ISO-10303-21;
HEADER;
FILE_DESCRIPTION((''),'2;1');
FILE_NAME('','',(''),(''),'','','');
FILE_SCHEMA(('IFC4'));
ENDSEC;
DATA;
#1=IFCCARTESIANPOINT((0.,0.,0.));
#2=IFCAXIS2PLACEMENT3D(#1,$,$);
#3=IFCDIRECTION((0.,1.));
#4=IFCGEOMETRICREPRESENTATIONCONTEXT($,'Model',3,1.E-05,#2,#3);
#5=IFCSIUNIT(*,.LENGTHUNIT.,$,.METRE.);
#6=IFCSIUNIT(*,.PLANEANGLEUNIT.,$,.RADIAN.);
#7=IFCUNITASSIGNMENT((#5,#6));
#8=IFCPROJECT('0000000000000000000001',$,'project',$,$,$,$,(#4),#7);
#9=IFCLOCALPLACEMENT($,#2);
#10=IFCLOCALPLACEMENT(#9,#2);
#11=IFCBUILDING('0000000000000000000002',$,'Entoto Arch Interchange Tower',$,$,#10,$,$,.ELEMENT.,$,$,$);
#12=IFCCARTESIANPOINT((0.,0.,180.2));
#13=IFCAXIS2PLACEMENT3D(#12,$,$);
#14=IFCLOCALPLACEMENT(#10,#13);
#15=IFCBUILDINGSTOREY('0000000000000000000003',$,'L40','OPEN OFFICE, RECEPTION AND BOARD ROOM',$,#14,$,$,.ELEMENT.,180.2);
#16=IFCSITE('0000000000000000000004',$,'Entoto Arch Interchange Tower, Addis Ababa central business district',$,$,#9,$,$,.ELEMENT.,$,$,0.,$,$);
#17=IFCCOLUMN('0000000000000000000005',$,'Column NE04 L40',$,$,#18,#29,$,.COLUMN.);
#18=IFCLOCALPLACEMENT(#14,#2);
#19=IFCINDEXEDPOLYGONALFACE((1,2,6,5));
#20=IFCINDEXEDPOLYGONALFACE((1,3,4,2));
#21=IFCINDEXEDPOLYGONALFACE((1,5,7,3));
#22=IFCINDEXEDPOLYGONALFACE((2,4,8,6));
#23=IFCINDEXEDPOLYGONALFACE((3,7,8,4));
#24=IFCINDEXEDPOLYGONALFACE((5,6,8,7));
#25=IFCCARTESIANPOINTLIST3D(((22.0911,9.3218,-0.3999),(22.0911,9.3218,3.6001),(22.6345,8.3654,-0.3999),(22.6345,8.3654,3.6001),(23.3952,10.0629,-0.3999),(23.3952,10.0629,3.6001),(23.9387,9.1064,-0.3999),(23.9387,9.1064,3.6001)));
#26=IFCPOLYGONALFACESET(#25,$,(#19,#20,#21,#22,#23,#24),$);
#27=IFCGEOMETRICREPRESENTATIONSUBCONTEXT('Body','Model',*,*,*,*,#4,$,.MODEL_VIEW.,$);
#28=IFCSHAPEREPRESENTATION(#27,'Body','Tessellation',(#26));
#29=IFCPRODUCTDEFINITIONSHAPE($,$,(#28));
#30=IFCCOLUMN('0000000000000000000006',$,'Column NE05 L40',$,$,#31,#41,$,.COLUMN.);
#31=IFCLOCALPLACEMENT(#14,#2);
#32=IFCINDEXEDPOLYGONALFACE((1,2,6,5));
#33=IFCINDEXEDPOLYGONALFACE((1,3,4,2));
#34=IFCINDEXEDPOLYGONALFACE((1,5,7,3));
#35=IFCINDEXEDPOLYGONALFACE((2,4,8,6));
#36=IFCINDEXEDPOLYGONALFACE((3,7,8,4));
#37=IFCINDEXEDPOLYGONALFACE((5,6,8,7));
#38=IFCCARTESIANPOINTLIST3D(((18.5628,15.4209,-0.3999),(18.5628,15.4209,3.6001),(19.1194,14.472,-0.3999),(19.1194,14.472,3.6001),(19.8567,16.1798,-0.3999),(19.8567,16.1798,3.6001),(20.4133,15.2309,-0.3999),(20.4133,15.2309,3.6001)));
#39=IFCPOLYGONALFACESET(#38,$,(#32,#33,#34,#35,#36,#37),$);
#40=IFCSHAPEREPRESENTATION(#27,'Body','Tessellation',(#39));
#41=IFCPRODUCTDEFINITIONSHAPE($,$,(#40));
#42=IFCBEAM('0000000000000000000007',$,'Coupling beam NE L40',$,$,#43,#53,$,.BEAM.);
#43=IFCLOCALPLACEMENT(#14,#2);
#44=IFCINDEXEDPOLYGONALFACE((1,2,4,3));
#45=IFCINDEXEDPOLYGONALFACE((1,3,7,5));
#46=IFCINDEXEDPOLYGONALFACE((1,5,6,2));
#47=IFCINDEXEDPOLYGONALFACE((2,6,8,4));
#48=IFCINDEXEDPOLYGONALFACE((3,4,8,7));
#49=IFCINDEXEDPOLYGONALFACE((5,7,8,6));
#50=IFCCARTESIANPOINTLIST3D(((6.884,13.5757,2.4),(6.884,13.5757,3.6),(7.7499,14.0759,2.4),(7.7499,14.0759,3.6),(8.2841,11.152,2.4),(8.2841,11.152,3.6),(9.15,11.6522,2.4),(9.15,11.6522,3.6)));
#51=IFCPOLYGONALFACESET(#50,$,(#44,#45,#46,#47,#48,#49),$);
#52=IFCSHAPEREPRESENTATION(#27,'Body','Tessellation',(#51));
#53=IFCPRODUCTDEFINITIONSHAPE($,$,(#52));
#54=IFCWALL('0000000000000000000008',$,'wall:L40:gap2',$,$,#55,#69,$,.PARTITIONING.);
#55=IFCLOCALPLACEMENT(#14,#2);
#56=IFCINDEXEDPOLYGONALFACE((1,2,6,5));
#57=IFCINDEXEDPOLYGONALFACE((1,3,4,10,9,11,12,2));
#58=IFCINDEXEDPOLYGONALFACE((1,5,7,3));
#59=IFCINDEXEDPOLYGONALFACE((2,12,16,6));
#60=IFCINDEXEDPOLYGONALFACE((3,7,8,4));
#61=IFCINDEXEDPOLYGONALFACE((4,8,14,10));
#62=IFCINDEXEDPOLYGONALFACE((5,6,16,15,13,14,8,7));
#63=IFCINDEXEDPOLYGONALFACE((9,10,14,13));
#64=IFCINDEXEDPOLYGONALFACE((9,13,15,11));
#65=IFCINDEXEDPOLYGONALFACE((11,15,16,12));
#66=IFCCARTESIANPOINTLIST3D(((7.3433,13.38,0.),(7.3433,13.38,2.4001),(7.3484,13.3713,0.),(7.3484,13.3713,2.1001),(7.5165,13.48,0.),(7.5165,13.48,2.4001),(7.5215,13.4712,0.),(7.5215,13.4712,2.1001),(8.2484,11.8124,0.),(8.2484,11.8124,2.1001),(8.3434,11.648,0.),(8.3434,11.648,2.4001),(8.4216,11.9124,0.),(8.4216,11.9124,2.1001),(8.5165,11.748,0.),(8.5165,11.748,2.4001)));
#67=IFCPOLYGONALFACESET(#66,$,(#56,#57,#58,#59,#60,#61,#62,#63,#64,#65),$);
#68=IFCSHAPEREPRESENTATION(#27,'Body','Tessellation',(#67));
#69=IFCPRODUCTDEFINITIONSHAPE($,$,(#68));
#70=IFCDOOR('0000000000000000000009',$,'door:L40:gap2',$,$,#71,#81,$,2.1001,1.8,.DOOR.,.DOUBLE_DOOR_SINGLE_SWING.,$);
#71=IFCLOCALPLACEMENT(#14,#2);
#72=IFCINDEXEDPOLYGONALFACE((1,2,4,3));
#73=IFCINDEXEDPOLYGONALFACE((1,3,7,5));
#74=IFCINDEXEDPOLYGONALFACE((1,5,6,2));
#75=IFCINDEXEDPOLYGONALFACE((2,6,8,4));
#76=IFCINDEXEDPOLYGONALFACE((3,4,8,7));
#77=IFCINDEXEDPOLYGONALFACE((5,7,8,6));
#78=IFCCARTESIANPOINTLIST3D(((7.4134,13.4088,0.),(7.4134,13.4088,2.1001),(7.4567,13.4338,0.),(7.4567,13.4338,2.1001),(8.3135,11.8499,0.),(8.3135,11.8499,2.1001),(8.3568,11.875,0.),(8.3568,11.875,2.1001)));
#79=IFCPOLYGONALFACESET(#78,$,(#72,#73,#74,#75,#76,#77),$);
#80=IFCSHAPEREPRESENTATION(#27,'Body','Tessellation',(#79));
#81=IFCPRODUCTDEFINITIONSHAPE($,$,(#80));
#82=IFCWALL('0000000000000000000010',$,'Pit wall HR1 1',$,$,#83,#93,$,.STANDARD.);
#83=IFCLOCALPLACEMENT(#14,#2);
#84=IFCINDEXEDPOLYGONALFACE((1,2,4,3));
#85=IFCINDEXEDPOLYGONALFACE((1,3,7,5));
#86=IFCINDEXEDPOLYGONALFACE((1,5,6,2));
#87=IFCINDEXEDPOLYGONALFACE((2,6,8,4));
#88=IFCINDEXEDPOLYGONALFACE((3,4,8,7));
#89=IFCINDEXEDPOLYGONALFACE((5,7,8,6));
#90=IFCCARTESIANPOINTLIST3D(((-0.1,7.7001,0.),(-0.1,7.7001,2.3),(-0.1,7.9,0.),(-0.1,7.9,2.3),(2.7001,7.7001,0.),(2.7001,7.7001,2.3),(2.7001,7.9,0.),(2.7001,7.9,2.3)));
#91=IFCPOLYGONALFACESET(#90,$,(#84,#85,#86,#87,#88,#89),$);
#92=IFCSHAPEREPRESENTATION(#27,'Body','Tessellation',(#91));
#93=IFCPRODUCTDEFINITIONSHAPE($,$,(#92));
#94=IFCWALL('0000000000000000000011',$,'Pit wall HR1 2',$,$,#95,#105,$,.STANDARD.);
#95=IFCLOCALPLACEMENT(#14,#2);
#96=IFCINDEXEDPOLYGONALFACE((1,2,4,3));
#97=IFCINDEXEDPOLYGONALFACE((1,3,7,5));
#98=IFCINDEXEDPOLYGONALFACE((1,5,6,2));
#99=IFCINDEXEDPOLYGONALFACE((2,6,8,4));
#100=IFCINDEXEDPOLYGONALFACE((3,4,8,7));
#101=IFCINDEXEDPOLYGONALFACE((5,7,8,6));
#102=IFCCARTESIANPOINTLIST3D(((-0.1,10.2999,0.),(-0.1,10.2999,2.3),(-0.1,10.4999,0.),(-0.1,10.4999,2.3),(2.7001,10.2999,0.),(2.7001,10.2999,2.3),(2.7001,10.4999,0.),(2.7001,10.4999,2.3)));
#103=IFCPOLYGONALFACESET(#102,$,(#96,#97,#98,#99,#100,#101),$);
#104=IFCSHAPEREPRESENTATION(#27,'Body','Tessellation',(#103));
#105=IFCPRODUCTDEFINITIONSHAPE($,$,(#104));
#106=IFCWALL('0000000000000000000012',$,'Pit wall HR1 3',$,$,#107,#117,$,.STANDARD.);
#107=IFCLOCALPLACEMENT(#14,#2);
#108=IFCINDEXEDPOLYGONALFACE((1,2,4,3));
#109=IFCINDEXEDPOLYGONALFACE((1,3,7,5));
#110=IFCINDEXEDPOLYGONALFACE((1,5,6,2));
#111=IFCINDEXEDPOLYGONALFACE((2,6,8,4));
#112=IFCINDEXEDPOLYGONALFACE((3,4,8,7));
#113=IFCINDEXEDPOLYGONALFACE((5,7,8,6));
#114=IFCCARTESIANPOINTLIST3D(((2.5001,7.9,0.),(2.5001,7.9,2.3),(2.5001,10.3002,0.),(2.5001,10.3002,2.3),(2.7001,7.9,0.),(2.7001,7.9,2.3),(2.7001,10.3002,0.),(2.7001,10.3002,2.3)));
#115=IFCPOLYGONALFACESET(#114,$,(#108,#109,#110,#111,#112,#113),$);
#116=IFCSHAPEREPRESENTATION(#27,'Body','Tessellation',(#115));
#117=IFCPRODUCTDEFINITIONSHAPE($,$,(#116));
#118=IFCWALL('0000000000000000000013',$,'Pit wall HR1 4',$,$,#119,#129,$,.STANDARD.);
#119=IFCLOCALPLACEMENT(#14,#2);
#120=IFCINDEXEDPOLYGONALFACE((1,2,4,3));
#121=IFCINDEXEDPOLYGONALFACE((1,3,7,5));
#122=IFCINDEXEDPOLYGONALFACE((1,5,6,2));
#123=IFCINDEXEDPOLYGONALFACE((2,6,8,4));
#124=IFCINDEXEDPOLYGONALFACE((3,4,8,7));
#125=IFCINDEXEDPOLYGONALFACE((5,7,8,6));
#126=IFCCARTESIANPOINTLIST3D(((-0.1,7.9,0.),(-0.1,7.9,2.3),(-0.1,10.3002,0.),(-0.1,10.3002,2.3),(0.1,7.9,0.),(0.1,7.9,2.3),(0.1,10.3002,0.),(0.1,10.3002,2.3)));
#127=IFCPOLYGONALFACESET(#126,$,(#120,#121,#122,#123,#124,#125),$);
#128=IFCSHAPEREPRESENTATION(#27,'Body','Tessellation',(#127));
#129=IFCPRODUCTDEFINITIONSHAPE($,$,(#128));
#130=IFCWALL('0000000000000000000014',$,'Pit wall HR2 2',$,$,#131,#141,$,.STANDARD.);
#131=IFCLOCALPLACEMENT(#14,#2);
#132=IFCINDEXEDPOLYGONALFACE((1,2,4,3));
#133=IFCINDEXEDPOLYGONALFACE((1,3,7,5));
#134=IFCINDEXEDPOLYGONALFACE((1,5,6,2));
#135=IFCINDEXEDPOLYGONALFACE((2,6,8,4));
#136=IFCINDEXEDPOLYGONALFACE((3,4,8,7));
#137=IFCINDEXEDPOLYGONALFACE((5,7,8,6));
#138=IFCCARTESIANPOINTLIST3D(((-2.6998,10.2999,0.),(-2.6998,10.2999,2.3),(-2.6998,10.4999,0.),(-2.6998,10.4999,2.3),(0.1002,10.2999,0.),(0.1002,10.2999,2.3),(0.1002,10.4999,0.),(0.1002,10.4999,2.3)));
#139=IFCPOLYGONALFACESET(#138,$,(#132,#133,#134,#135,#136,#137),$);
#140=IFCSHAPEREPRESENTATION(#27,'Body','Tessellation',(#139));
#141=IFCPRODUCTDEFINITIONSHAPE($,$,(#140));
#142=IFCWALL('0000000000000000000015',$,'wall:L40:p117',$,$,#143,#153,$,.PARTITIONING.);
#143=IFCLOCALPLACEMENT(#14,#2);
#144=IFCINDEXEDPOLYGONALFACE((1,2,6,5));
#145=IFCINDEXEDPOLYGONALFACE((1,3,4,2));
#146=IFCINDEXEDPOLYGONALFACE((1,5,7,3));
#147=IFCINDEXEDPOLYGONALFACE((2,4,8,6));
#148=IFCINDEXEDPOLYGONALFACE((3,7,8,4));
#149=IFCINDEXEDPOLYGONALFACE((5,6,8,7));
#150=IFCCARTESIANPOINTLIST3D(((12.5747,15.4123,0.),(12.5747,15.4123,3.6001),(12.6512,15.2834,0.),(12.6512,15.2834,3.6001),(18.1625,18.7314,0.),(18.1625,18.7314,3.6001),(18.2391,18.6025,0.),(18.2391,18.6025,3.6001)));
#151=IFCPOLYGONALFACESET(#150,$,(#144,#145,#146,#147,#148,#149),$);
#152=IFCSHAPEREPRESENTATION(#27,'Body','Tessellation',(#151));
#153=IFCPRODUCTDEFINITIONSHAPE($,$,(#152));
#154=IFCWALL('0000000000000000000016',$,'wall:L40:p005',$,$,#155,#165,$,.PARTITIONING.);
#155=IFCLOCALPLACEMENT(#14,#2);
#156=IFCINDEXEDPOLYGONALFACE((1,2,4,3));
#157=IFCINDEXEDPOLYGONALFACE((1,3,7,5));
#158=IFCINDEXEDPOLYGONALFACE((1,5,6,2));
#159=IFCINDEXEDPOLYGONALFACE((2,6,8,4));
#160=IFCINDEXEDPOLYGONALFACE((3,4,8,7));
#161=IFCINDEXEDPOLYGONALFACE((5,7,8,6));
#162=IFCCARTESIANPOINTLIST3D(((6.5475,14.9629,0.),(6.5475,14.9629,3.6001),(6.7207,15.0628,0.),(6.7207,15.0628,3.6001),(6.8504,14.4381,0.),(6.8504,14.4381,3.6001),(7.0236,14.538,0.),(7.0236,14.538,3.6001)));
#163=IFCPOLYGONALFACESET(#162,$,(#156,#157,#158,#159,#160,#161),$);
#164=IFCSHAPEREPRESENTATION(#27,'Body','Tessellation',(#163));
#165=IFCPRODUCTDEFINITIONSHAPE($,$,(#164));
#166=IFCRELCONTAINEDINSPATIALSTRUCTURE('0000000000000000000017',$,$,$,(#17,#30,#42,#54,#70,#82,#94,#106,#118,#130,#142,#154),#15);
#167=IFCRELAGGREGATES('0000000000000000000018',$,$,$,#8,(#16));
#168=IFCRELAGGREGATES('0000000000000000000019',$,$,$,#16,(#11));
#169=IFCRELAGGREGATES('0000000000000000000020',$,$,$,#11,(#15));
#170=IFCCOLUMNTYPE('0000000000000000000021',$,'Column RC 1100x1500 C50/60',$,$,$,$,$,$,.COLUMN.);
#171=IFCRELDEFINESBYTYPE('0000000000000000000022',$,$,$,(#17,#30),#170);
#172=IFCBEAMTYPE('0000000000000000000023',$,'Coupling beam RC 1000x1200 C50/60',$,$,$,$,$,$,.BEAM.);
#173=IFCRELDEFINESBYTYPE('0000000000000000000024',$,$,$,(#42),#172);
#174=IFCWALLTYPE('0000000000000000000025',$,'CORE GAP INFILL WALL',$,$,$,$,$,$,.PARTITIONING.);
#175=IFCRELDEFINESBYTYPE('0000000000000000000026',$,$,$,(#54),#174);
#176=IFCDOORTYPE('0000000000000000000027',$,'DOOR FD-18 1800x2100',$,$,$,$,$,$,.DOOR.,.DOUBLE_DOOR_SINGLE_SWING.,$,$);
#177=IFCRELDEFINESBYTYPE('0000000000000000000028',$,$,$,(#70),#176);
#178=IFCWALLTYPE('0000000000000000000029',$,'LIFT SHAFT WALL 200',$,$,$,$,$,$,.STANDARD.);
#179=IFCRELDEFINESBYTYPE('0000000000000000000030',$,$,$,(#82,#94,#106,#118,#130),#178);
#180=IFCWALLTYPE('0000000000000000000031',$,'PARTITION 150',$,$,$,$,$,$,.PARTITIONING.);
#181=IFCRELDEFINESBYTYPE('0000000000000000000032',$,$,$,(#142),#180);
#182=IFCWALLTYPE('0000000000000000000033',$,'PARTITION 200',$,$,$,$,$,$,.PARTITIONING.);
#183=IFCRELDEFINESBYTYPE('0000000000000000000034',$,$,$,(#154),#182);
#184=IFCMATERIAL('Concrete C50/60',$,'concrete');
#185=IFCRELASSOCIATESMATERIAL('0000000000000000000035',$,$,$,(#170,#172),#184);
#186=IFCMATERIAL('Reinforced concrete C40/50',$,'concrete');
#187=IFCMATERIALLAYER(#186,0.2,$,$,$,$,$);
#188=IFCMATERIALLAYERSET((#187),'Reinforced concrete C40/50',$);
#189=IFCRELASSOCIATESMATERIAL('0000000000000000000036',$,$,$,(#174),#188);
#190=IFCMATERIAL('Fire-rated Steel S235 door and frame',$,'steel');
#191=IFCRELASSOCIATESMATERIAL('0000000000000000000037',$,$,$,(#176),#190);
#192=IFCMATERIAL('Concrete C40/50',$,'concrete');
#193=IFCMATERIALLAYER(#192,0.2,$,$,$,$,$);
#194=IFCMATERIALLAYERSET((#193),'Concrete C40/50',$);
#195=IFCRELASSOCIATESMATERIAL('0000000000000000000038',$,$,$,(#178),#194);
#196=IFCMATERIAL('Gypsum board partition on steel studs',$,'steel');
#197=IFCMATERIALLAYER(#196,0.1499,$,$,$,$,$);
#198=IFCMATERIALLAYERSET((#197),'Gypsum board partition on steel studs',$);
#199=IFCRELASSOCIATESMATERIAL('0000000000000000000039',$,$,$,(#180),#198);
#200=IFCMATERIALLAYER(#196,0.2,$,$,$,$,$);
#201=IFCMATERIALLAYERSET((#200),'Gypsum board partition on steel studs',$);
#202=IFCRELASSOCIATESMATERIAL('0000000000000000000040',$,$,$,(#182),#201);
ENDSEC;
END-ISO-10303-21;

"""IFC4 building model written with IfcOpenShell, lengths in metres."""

from ifc_helpers import new_model, si_unit, direction, frame, frame_2d, origin, origin_2d, place, context, subcontext, project, spatial, rectangle, extrude, material, layer, layer_set, material_profile, profile_set, type_object, element, fill, save


model = new_model("IFC4")

# Units and contexts
model_context = context("Model", 3, precision=1e-05, world=origin(), true_north=direction((0.0, 1.0)))
body_context = subcontext(model_context, "Body", "Model", "MODEL_VIEW")
ifc_project = project(units=[si_unit("LENGTHUNIT", "METRE"), si_unit("PLANEANGLEUNIT", "RADIAN")], contexts=[model_context])

# Site, building, storey
site_placement = place(None, origin())
site = spatial("IfcSite", under=ifc_project, at=site_placement, Name="Entoto Arch Interchange Tower, Addis Ababa central business district", CompositionType="ELEMENT", RefElevation=0.0)
building_placement = place(site_placement, origin())
building = spatial("IfcBuilding", under=site, at=building_placement, Name="Entoto Arch Interchange Tower", CompositionType="ELEMENT")
storey_placement = place(building_placement, frame((0.0, 0.0, 180.2)))
storey = spatial("IfcBuildingStorey", under=building, at=storey_placement, Name="L40", Description="OPEN OFFICE, RECEPTION AND BOARD ROOM", CompositionType="ELEMENT", Elevation=180.2)

# Columns
ifc_material_1 = material(Name="Concrete C50/60", Category="concrete")
ifc_material_profile_1 = material_profile(ifc_material_1, rectangle(XDim=1.1001, YDim=1.5, at=origin_2d()))
ifc_profile_set_1 = profile_set([ifc_material_profile_1], Name="Concrete C50/60")
column_type = type_object("IfcColumnType", Name="Column RC 1100x1500 C50/60", PredefinedType="COLUMN", material=ifc_profile_set_1)
for number, where, z_axis, x_axis, name in (
    (1, (23.0149, 9.2141, -0.3999), (0.0, 0.0, 1.0), (-0.494018, 0.869452, 0.0), "Column NE04 L40"),
    (2, (19.488, 15.3259, -0.3999), (0.0, 0.0, 1.0), (-0.505958, 0.862558, 0.0), "Column NE05 L40"),
):
    element("IfcColumn", number, at=place(storey_placement, frame(where, z_axis=z_axis, x_axis=x_axis)), inside=storey, type_object=column_type, Name=name, PredefinedType="COLUMN", context=body_context, shape_type="SweptSolid", body=[
        extrude(rectangle(XDim=1.1001, YDim=1.5, at=origin_2d()), origin(), (0.0, 0.0, 1.0), 4.0),
    ])

# Beam
ifc_material_profile_2 = material_profile(ifc_material_1, rectangle(XDim=1.0, YDim=1.2, at=origin_2d()))
ifc_profile_set_2 = profile_set([ifc_material_profile_2], Name="Concrete C50/60")
beam_type = type_object("IfcBeamType", Name="Coupling beam RC 1000x1200 C50/60", PredefinedType="BEAM", material=ifc_profile_set_2)
beam_placement = place(storey_placement, frame((8.717, 11.4021, 3.0), z_axis=(-0.500201, 0.86591, 0.0), x_axis=(-0.86591, -0.500201, 0.0)))
element("IfcBeam", 3, at=beam_placement, inside=storey, type_object=beam_type, Name="Coupling beam NE L40", PredefinedType="BEAM", context=body_context, shape_type="SweptSolid", body=[
    extrude(rectangle(XDim=1.0, YDim=1.2, at=origin_2d()), origin(), (0.0, 0.0, 1.0), 2.7991),
])

# Wall, opening, door
ifc_material_2 = material(Name="Reinforced concrete C40/50", Category="concrete")
ifc_layer_1 = layer(ifc_material_2, 0.2)
ifc_layer_set_1 = layer_set([ifc_layer_1], Name="Reinforced concrete C40/50")
wall_type_1 = type_object("IfcWallType", Name="CORE GAP INFILL WALL", PredefinedType="PARTITIONING", material=ifc_layer_set_1)
wall_1_placement = place(storey_placement, frame((8.4299, 11.698, 0.0), z_axis=(0.0, 0.0, 1.0), x_axis=(-0.500025, 0.866011, 0.0)))
wall_1 = element("IfcWall", 4, at=wall_1_placement, inside=storey, type_object=wall_type_1, Name="wall:L40:gap2", PredefinedType="PARTITIONING", context=body_context, shape_type="SweptSolid", body=[
    extrude(rectangle(XDim=2.0, YDim=0.2, at=frame_2d((1.0, 0.0))), origin(), (0.0, 0.0, 1.0), 2.4001),
])
opening_1_placement = place(wall_1_placement, frame((0.1899, 0.0, 0.0)))
opening_1 = element("IfcOpeningElement", 5, at=opening_1_placement, cuts=wall_1, PredefinedType="OPENING", context=body_context, shape_type="SweptSolid", body=[
    extrude(rectangle(XDim=1.8, YDim=2.1001, at=frame_2d((0.8999, 1.05))), frame((0.0, 0.1099, 0.0), z_axis=(0.0, -1.0, 0.0), x_axis=(1.0, 0.0, 0.0)), (0.0, 0.0, 1.0), 0.22),
])
ifc_material_3 = material(Name="Fire-rated Steel S235 door and frame", Category="steel")
door_type_1 = type_object("IfcDoorType", Name="DOOR FD-18 1800x2100", OperationType="DOUBLE_DOOR_SINGLE_SWING", PredefinedType="DOOR", material=ifc_material_3)
door_1_placement = place(opening_1_placement, origin())
door_1 = element("IfcDoor", 6, at=door_1_placement, inside=storey, type_object=door_type_1, Name="door:L40:gap2", OperationType="DOUBLE_DOOR_SINGLE_SWING", OverallHeight=2.1001, OverallWidth=1.8, PredefinedType="DOOR", context=body_context, shape_type="SweptSolid", body=[
    extrude(rectangle(XDim=1.8, YDim=2.1001, at=frame_2d((0.8999, 1.05))), frame((0.0, 0.0249, 0.0), z_axis=(0.0, -1.0, 0.0), x_axis=(1.0, 0.0, 0.0)), (0.0, 0.0, 1.0), 0.05),
])
fill(opening_1, door_1)

# Walls
ifc_material_4 = material(Name="Concrete C40/50", Category="concrete")
ifc_layer_2 = layer(ifc_material_4, 0.2)
ifc_layer_set_2 = layer_set([ifc_layer_2], Name="Concrete C40/50")
wall_type_2 = type_object("IfcWallType", Name="LIFT SHAFT WALL 200", PredefinedType="STANDARD", material=ifc_layer_set_2)
for number, where, z_axis, x_axis, name in (
    (7, (2.7, 7.8, 0.0), (0.0, 0.0, 1.0), (-1.0, 0.0, 0.0), "Pit wall HR1 1"),
    (8, (2.7, 10.3999, 0.0), (0.0, 0.0, 1.0), (-1.0, 0.0, 0.0), "Pit wall HR1 2"),
):
    element("IfcWall", number, at=place(storey_placement, frame(where, z_axis=z_axis, x_axis=x_axis)), inside=storey, type_object=wall_type_2, Name=name, PredefinedType="STANDARD", context=body_context, shape_type="SweptSolid", body=[
        extrude(rectangle(XDim=2.8, YDim=0.2, at=frame_2d((1.3999, 0.0))), origin(), (0.0, 0.0, 1.0), 2.3),
    ])
for number, where, z_axis, x_axis, name in (
    (9, (2.6001, 7.8999, 0.0), (0.0, 0.0, 1.0), (0.0, 1.0, 0.0), "Pit wall HR1 3"),
    (10, (0.0, 7.8999, 0.0), (0.0, 0.0, 1.0), (0.0, 1.0, 0.0), "Pit wall HR1 4"),
):
    element("IfcWall", number, at=place(storey_placement, frame(where, z_axis=z_axis, x_axis=x_axis)), inside=storey, type_object=wall_type_2, Name=name, PredefinedType="STANDARD", context=body_context, shape_type="SweptSolid", body=[
        extrude(rectangle(XDim=2.4001, YDim=0.2, at=frame_2d((1.2002, 0.0))), origin(), (0.0, 0.0, 1.0), 2.3),
    ])
wall_2_placement = place(storey_placement, frame((0.1001, 10.3999, 0.0), z_axis=(0.0, 0.0, 1.0), x_axis=(-1.0, 0.0, 0.0)))
element("IfcWall", 11, at=wall_2_placement, inside=storey, type_object=wall_type_2, Name="Pit wall HR2 2", PredefinedType="STANDARD", context=body_context, shape_type="SweptSolid", body=[
    extrude(rectangle(XDim=2.8, YDim=0.2, at=frame_2d((1.3999, 0.0))), origin(), (0.0, 0.0, 1.0), 2.3),
])
ifc_material_5 = material(Name="Gypsum board partition on steel studs", Category="steel")
ifc_layer_3 = layer(ifc_material_5, 0.1499)
ifc_layer_set_3 = layer_set([ifc_layer_3], Name="Gypsum board partition on steel studs")
wall_type_3 = type_object("IfcWallType", Name="PARTITION 150", PredefinedType="PARTITIONING", material=ifc_layer_set_3)
wall_3_placement = place(storey_placement, frame((12.613, 15.3479, 0.0), z_axis=(0.0, 0.0, 1.0), x_axis=(0.859768, 0.510685, 0.0)))
element("IfcWall", 12, at=wall_3_placement, inside=storey, type_object=wall_type_3, Name="wall:L40:p117", PredefinedType="PARTITIONING", context=body_context, shape_type="SweptSolid", body=[
    extrude(rectangle(XDim=6.4993, YDim=0.1499, at=frame_2d((3.2495, 0.0))), origin(), (0.0, 0.0, 1.0), 3.6001),
])
ifc_layer_4 = layer(ifc_material_5, 0.2)
ifc_layer_set_4 = layer_set([ifc_layer_4], Name="Gypsum board partition on steel studs")
wall_type_4 = type_object("IfcWallType", Name="PARTITION 200", PredefinedType="PARTITIONING", material=ifc_layer_set_4)
wall_4_placement = place(storey_placement, frame((6.937, 14.488, 0.0), z_axis=(0.0, 0.0, 1.0), x_axis=(-0.499908, 0.866078, 0.0)))
element("IfcWall", 13, at=wall_4_placement, inside=storey, type_object=wall_type_4, Name="wall:L40:p005", PredefinedType="PARTITIONING", context=body_context, shape_type="SweptSolid", body=[
    extrude(rectangle(XDim=0.606, YDim=0.2, at=frame_2d((0.303, 0.0))), origin(), (0.0, 0.0, 1.0), 3.6001),
])

save(model, "model.ifc")
